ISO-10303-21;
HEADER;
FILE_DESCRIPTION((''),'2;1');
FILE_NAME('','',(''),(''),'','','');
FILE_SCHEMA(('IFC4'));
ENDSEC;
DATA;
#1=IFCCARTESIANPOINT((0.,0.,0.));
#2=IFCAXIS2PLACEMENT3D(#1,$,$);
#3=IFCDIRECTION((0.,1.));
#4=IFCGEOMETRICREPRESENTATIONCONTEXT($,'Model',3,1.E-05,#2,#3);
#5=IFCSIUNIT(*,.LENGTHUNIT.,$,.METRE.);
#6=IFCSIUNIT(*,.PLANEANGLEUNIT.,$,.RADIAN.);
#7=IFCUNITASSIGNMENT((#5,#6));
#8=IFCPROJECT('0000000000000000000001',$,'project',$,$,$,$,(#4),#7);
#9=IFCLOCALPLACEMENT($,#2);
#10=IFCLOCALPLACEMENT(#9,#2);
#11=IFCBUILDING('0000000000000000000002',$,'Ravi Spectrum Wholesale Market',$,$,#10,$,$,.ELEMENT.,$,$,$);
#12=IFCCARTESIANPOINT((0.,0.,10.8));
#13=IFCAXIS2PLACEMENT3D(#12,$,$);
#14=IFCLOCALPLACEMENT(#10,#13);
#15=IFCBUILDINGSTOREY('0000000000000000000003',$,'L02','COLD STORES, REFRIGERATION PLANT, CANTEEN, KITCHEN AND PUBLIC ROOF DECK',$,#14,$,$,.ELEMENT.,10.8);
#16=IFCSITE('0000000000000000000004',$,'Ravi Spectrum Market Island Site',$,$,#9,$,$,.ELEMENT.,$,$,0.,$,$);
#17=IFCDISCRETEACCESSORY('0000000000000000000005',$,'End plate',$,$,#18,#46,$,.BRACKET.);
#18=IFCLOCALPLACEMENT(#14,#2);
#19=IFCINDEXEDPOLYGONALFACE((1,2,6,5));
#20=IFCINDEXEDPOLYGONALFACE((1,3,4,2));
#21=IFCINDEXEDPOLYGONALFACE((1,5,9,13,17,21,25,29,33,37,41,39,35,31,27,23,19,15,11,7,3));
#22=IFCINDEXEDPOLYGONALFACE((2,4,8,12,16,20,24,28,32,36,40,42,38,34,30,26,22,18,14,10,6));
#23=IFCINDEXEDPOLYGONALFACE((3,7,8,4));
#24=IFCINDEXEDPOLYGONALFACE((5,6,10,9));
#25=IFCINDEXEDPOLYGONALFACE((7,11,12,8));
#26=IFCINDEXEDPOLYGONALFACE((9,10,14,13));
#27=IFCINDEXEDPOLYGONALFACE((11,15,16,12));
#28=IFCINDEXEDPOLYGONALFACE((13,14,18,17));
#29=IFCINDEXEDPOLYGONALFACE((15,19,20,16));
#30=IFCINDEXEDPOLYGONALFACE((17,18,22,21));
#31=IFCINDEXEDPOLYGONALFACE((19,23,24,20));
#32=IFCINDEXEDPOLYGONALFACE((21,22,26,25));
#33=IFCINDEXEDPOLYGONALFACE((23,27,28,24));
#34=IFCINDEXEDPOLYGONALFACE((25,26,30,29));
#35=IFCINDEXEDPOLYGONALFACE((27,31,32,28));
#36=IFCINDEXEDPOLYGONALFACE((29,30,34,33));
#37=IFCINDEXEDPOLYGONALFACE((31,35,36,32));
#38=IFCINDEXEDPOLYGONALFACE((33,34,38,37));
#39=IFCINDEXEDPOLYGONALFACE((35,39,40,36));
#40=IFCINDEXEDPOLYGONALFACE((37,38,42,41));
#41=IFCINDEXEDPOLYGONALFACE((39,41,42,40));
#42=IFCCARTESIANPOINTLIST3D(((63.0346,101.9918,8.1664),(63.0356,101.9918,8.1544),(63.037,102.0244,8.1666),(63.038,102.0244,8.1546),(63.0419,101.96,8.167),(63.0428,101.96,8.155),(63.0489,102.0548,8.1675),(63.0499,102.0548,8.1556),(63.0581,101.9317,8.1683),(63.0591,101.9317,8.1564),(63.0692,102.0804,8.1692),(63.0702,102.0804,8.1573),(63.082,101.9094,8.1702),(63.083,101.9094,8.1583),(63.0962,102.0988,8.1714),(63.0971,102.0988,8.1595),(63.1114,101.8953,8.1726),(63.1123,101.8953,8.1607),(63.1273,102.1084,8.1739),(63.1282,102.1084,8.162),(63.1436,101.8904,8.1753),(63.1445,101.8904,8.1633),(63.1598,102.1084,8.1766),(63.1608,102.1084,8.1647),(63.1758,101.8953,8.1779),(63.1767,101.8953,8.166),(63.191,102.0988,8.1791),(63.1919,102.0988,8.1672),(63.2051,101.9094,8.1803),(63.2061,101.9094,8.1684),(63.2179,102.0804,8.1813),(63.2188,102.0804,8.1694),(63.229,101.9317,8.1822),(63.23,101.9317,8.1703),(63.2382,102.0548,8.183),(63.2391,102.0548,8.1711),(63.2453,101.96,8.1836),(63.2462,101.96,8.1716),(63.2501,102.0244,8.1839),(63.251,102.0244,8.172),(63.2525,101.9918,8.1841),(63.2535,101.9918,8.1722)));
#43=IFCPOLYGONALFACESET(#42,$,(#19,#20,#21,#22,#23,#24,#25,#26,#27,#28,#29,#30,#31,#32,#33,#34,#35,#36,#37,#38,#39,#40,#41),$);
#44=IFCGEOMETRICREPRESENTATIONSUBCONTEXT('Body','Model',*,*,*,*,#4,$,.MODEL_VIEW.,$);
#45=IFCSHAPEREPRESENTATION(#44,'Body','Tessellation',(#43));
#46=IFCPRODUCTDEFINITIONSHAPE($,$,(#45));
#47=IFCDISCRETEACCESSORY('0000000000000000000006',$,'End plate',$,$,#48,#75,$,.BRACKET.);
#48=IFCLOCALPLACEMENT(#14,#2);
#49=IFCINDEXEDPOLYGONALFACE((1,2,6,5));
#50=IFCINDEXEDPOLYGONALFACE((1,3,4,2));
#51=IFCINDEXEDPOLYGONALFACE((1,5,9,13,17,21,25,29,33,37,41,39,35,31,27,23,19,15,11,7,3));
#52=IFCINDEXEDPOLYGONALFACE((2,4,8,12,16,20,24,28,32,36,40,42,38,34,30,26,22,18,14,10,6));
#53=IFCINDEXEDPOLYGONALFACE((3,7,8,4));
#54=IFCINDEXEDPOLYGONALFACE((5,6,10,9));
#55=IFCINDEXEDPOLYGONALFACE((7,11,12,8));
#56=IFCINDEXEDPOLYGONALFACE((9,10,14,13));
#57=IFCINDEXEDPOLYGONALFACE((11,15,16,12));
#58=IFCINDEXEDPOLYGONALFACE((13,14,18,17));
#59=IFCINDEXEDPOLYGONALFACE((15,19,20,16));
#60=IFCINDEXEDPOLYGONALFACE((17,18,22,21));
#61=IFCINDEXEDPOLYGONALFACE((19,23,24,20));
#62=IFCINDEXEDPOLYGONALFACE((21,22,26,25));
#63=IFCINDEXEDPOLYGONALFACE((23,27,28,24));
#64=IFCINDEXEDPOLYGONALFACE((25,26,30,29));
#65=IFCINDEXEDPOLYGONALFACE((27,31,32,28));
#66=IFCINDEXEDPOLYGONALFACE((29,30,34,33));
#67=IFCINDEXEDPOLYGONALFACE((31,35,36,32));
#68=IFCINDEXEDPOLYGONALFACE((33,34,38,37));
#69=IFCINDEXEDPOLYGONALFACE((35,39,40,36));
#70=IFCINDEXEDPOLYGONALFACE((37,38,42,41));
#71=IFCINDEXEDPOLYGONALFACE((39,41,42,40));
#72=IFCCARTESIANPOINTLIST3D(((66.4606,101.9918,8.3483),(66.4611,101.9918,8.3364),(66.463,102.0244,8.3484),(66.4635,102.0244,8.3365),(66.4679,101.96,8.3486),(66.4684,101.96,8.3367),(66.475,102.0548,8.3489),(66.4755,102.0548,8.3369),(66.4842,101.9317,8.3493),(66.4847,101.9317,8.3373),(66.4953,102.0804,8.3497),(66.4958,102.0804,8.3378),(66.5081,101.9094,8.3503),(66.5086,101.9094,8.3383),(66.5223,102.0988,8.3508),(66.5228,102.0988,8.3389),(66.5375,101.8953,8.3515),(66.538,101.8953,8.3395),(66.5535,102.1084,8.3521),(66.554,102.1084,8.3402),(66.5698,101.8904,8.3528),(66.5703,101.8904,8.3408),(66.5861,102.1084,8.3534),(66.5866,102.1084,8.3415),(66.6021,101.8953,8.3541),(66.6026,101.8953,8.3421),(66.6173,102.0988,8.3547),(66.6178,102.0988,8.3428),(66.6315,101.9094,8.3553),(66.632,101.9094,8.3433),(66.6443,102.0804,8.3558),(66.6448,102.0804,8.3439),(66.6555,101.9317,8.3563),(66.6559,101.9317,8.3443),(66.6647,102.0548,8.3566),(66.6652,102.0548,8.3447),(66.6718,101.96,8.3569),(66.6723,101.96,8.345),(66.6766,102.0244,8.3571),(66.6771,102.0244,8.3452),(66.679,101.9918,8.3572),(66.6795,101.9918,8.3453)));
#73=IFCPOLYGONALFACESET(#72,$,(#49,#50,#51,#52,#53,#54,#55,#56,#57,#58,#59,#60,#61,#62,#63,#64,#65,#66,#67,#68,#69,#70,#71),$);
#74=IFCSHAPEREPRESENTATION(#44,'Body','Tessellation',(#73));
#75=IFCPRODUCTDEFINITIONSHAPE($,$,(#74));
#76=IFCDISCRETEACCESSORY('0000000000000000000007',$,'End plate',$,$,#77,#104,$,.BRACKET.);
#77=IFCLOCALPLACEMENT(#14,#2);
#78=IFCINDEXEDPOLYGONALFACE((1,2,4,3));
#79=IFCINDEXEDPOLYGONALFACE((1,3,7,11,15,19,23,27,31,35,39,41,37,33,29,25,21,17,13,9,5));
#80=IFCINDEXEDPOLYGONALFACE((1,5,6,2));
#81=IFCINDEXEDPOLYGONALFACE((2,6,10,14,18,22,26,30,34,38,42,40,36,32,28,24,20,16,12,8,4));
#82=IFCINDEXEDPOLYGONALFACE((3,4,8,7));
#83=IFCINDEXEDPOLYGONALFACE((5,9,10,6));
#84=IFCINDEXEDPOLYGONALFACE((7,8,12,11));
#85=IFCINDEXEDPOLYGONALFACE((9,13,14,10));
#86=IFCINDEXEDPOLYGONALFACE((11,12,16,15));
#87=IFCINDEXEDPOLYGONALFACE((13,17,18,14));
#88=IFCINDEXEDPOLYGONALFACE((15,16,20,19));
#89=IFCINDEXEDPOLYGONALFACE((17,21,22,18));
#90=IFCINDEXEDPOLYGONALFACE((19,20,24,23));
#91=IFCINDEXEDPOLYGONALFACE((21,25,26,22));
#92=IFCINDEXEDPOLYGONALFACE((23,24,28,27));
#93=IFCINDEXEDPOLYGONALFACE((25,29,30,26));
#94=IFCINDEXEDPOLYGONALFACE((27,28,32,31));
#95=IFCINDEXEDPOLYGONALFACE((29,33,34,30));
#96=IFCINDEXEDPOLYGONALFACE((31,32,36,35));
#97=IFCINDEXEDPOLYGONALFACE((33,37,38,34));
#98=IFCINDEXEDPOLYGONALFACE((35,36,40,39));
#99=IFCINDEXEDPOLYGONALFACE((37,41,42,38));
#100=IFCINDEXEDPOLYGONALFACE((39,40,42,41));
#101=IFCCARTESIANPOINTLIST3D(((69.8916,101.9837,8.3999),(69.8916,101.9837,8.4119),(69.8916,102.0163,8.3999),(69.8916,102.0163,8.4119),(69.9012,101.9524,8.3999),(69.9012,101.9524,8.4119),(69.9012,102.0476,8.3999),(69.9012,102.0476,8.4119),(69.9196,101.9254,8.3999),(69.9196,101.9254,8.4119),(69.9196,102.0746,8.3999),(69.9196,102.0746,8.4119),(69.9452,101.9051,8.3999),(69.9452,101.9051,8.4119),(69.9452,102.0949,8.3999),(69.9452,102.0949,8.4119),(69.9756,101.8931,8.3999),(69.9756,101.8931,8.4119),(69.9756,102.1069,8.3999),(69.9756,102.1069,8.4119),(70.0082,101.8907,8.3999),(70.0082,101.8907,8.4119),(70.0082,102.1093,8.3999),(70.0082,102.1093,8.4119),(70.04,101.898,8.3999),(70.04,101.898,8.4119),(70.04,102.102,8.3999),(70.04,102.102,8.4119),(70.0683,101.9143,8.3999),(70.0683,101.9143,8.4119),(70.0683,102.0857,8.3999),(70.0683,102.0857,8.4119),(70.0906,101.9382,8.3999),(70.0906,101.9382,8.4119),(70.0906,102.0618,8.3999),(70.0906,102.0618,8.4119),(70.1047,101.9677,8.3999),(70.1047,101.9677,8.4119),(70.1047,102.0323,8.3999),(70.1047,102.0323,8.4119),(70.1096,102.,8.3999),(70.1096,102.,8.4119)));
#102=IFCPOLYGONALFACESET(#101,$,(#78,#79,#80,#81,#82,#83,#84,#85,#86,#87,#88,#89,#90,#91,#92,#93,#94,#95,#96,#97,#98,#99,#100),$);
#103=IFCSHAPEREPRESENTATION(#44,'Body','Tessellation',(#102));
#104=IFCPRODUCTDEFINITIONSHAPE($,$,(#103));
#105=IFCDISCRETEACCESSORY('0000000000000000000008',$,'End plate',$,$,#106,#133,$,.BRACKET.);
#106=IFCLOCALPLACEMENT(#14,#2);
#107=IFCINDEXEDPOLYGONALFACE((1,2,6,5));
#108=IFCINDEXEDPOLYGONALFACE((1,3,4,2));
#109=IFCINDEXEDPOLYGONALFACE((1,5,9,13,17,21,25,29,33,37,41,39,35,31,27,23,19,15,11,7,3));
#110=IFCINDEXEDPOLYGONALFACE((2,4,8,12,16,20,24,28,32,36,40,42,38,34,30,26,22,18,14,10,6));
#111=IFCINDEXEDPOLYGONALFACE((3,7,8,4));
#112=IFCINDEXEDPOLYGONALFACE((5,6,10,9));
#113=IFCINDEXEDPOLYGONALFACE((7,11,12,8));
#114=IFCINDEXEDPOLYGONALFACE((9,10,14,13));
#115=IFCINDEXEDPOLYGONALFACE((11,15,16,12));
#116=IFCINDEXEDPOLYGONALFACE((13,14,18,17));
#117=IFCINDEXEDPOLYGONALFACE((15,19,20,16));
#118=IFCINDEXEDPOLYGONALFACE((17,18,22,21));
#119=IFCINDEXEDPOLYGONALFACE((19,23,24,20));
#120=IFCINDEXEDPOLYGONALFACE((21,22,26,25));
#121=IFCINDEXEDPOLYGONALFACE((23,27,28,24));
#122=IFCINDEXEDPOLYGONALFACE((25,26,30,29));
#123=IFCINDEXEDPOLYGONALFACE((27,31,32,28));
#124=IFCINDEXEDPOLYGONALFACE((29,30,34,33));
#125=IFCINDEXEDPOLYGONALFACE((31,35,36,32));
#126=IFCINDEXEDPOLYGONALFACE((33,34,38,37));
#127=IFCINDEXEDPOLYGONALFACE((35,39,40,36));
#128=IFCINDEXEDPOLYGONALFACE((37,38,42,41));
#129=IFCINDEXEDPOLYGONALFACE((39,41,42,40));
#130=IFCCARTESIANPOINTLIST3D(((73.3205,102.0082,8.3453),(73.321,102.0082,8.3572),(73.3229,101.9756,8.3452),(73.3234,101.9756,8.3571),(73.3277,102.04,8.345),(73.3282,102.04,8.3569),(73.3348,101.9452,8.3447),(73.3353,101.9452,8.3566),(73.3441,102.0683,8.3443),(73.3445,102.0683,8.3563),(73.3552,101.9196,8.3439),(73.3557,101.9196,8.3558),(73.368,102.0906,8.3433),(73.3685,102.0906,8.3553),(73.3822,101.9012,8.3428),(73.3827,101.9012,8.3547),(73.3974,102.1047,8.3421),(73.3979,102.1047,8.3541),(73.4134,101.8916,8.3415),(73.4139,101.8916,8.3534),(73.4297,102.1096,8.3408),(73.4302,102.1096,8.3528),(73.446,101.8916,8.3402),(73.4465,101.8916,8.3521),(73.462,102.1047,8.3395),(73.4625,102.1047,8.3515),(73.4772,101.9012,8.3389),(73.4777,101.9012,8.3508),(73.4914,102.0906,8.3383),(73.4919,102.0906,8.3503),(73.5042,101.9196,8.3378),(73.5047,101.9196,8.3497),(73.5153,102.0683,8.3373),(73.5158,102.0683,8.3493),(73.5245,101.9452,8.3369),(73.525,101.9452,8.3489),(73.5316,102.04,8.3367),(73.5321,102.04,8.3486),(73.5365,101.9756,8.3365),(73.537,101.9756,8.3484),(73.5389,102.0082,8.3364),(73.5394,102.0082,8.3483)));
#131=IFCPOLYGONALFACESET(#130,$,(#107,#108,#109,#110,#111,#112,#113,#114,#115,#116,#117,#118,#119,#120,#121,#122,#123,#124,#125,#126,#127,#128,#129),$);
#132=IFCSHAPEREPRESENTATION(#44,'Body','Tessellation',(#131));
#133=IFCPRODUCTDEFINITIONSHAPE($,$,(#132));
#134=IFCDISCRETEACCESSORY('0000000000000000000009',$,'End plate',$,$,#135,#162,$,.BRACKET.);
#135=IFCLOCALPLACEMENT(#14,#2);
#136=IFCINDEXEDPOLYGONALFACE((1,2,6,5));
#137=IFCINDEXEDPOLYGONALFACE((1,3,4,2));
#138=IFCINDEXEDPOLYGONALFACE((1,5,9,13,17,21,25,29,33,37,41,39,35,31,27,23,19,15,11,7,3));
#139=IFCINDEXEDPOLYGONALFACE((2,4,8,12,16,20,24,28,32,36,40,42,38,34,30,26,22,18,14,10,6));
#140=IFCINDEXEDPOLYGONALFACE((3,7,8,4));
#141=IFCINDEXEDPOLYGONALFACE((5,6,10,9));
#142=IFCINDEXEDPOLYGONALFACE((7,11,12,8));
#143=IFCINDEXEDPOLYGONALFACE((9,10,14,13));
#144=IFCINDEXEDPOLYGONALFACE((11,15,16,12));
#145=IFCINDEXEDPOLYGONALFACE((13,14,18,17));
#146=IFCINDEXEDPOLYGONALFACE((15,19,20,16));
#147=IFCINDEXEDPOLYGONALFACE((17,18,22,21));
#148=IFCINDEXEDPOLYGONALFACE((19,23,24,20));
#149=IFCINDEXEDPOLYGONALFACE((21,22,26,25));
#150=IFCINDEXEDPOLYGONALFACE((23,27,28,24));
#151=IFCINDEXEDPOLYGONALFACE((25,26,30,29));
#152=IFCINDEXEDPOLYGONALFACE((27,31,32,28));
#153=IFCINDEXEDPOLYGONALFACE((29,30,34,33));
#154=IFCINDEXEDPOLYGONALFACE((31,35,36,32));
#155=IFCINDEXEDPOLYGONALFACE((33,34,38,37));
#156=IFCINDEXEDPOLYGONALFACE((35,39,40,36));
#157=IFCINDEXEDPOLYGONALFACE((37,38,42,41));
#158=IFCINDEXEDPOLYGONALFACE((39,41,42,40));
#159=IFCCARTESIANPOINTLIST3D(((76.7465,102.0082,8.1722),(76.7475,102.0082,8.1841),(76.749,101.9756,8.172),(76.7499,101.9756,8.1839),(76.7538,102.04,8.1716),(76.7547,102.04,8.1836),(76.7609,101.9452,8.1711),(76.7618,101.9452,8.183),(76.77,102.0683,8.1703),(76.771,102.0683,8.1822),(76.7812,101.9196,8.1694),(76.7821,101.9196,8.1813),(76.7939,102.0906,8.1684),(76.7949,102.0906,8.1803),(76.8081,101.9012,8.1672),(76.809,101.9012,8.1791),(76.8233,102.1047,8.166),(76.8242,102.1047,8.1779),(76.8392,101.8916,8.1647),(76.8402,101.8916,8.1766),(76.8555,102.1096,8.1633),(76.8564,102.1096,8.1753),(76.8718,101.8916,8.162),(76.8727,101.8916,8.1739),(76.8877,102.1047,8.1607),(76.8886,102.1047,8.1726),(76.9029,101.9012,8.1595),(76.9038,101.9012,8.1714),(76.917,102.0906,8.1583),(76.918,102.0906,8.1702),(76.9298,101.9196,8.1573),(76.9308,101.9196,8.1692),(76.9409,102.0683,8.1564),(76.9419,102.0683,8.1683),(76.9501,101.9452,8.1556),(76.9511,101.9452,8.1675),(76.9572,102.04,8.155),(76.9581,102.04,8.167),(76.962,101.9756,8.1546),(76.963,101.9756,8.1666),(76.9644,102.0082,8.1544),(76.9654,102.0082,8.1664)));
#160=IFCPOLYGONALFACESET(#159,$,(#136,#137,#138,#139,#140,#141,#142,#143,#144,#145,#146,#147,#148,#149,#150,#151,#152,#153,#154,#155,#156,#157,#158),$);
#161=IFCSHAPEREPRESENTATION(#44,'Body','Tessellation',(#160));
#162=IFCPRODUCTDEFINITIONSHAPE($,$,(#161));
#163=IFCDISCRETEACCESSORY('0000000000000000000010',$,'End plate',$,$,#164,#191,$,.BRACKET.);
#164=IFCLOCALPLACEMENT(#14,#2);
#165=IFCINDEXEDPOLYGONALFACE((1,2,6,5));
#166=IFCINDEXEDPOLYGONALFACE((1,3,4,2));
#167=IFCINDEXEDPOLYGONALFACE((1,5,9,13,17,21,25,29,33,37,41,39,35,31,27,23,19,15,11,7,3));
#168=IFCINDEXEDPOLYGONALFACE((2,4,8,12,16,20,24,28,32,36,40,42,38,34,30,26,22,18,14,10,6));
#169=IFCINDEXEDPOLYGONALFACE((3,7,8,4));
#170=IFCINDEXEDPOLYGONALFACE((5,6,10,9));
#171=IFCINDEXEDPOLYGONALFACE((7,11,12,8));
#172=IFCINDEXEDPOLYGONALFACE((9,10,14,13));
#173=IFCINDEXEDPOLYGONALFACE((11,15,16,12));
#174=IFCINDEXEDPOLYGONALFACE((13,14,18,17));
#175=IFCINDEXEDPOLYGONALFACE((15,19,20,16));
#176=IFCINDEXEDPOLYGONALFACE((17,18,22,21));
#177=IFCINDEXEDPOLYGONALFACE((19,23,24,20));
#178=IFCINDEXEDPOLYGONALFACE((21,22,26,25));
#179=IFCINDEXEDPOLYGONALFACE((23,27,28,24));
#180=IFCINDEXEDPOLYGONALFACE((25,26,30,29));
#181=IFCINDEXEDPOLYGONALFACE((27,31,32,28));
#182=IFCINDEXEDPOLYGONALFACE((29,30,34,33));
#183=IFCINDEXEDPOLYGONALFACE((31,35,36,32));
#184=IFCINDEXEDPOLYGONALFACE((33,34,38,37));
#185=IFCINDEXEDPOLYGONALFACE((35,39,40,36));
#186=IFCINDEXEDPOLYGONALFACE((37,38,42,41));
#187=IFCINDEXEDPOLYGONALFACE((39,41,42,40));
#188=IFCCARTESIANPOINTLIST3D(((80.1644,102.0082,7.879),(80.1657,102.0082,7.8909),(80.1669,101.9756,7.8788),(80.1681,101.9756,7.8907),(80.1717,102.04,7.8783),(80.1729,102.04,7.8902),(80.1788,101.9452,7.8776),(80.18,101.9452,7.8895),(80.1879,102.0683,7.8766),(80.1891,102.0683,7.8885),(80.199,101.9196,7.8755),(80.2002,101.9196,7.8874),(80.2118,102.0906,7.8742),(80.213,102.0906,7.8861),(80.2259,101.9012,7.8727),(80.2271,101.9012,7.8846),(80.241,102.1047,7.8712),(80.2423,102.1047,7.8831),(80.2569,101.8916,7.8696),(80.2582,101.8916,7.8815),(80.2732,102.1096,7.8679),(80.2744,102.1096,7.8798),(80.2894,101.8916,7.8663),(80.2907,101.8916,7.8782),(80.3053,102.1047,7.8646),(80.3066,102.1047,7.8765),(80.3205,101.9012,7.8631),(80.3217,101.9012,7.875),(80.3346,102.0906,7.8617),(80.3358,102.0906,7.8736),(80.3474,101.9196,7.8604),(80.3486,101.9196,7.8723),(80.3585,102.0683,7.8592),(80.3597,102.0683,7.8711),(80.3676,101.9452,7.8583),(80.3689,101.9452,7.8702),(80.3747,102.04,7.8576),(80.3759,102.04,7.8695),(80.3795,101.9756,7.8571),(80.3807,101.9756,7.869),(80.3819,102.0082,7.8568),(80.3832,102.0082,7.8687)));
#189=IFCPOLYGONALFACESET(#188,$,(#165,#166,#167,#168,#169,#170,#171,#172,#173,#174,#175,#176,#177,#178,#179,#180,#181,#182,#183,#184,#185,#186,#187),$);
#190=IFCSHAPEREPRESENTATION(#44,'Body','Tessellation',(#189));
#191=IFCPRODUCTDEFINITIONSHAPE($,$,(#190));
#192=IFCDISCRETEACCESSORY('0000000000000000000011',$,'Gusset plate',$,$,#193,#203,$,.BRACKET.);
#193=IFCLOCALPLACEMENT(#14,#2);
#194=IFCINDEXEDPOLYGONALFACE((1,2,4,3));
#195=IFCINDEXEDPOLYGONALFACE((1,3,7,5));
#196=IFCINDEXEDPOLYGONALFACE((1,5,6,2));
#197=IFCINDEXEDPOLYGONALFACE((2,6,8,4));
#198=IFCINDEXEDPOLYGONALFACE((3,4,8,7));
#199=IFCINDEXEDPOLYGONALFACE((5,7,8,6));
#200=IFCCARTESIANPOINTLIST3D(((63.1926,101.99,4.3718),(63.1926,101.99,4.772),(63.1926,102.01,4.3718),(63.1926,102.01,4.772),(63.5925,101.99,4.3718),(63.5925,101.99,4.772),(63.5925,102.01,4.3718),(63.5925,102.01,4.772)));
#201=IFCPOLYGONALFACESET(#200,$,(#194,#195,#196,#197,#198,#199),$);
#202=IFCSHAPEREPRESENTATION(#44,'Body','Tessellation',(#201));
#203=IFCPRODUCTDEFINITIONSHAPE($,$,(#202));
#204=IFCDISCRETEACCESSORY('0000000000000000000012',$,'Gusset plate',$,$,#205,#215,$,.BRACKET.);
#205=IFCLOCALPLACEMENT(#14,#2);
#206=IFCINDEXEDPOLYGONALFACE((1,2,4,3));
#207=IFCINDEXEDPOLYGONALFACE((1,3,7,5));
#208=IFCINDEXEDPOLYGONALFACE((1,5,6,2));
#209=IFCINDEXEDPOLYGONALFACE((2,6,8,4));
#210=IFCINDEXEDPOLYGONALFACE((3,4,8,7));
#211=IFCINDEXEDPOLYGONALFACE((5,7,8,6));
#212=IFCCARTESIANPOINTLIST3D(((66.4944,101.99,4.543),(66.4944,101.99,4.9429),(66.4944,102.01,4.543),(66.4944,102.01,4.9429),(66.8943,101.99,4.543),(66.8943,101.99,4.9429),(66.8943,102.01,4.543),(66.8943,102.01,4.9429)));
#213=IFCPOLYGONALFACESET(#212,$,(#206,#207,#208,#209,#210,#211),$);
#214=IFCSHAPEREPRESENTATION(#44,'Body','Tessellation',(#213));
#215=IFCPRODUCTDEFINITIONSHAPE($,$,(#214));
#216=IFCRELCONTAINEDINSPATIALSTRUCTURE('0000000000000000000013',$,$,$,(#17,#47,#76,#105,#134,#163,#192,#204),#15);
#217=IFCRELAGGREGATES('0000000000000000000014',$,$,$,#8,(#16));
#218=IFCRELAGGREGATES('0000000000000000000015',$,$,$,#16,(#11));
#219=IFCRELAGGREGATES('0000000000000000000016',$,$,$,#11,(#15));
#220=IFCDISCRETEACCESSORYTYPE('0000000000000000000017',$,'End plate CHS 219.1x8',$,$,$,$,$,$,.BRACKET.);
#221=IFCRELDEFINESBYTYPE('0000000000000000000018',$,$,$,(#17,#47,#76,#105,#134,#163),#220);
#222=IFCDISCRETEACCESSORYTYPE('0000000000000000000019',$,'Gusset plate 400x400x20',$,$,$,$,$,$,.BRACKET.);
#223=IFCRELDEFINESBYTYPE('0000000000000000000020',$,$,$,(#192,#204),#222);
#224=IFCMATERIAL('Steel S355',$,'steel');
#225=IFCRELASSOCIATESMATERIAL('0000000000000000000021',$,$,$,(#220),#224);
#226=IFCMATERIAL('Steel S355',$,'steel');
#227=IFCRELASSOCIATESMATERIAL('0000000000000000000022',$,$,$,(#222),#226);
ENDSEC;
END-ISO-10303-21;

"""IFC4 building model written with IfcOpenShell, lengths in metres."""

from ifc_helpers import new_model, si_unit, direction, frame, origin, origin_2d, place, context, subcontext, project, spatial, rectangle, circle, extrude, material, material_profile, profile_set, type_object, element, save


model = new_model("IFC4")

# Units and contexts
model_context = context("Model", 3, precision=1e-05, world=origin(), true_north=direction((0.0, 1.0)))
body_context = subcontext(model_context, "Body", "Model", "MODEL_VIEW")
ifc_project = project(units=[si_unit("LENGTHUNIT", "METRE"), si_unit("PLANEANGLEUNIT", "RADIAN")], contexts=[model_context])

# Site, building, storey
site_placement = place(None, origin())
site = spatial("IfcSite", under=ifc_project, at=site_placement, Name="Ravi Spectrum Market Island Site", CompositionType="ELEMENT", RefElevation=0.0)
building_placement = place(site_placement, origin())
building = spatial("IfcBuilding", under=site, at=building_placement, Name="Ravi Spectrum Wholesale Market", CompositionType="ELEMENT")
storey_placement = place(building_placement, frame((0.0, 0.0, 10.8)))
storey = spatial("IfcBuildingStorey", under=building, at=storey_placement, Name="L02", Description="COLD STORES, REFRIGERATION PLANT, CANTEEN, KITCHEN AND PUBLIC ROOF DECK", CompositionType="ELEMENT", Elevation=10.8)

# Discrete accessories
ifc_material_1 = material(Name="Steel S355", Category="steel")
ifc_material_profile_1 = material_profile(ifc_material_1, circle(Radius=0.1096, at=origin_2d()))
ifc_profile_set_1 = profile_set([ifc_material_profile_1], Name="Steel S355")
discrete_accessory_type_1 = type_object("IfcDiscreteAccessoryType", Name="End plate CHS 219.1x8", PredefinedType="BRACKET", material=ifc_profile_set_1)
for number, where, z_axis, x_axis, name in (
    (1, (63.1445, 102.0, 8.1633), (-0.081362, 0.0, 0.996685), (0.0, -1.0, 0.0), "End plate"),
    (2, (66.5703, 102.0, 8.3408), (-0.040782, 0.0, 0.999168), (0.0, -1.0, 0.0), "End plate"),
    (3, (70.0, 102.0, 8.3999), (0.0, 0.0, 1.0), (1.0, 0.0, 0.0), "End plate"),
    (4, (73.4297, 102.0, 8.3408), (0.040782, 0.0, 0.999168), (0.0, 1.0, 0.0), "End plate"),
    (5, (76.8555, 102.0, 8.1633), (0.081362, 0.0, 0.996685), (0.0, 1.0, 0.0), "End plate"),
    (6, (80.2732, 102.0, 7.8679), (0.101514, 0.0, 0.994834), (0.0, 1.0, 0.0), "End plate"),
):
    element("IfcDiscreteAccessory", number, at=place(storey_placement, frame(where, z_axis=z_axis, x_axis=x_axis)), inside=storey, type_object=discrete_accessory_type_1, Name=name, PredefinedType="BRACKET", context=body_context, shape_type="SweptSolid", body=[
        extrude(circle(Radius=0.1096, at=origin_2d()), origin(), (0.0, 0.0, 1.0), 0.012),
    ])
ifc_material_2 = material(Name="Steel S355", Category="steel")
ifc_material_profile_2 = material_profile(ifc_material_2, rectangle(XDim=0.3999, YDim=0.02, at=origin_2d()))
ifc_profile_set_2 = profile_set([ifc_material_profile_2], Name="Steel S355")
discrete_accessory_type_2 = type_object("IfcDiscreteAccessoryType", Name="Gusset plate 400x400x20", PredefinedType="BRACKET", material=ifc_profile_set_2)
discrete_accessory_1_placement = place(storey_placement, frame((63.3926, 102.0, 4.3718), z_axis=(0.0, 0.0, 1.0), x_axis=(1.0, 0.0, 0.0)))
element("IfcDiscreteAccessory", 7, at=discrete_accessory_1_placement, inside=storey, type_object=discrete_accessory_type_2, Name="Gusset plate", PredefinedType="BRACKET", context=body_context, shape_type="SweptSolid", body=[
    extrude(rectangle(XDim=0.3999, YDim=0.02, at=origin_2d()), origin(), (0.0, 0.0, 1.0), 0.4001),
])
for number, where, z_axis, x_axis, name in (
    (8, (66.6943, 102.0, 4.543), (0.0, 0.0, 1.0), (1.0, 0.0, 0.0), "Gusset plate"),
):
    element("IfcDiscreteAccessory", number, at=place(storey_placement, frame(where, z_axis=z_axis, x_axis=x_axis)), inside=storey, type_object=discrete_accessory_type_2, Name=name, PredefinedType="BRACKET", context=body_context, shape_type="SweptSolid", body=[
        extrude(rectangle(XDim=0.3999, YDim=0.02, at=origin_2d()), origin(), (0.0, 0.0, 1.0), 0.3999),
    ])

save(model, "model.ifc")
